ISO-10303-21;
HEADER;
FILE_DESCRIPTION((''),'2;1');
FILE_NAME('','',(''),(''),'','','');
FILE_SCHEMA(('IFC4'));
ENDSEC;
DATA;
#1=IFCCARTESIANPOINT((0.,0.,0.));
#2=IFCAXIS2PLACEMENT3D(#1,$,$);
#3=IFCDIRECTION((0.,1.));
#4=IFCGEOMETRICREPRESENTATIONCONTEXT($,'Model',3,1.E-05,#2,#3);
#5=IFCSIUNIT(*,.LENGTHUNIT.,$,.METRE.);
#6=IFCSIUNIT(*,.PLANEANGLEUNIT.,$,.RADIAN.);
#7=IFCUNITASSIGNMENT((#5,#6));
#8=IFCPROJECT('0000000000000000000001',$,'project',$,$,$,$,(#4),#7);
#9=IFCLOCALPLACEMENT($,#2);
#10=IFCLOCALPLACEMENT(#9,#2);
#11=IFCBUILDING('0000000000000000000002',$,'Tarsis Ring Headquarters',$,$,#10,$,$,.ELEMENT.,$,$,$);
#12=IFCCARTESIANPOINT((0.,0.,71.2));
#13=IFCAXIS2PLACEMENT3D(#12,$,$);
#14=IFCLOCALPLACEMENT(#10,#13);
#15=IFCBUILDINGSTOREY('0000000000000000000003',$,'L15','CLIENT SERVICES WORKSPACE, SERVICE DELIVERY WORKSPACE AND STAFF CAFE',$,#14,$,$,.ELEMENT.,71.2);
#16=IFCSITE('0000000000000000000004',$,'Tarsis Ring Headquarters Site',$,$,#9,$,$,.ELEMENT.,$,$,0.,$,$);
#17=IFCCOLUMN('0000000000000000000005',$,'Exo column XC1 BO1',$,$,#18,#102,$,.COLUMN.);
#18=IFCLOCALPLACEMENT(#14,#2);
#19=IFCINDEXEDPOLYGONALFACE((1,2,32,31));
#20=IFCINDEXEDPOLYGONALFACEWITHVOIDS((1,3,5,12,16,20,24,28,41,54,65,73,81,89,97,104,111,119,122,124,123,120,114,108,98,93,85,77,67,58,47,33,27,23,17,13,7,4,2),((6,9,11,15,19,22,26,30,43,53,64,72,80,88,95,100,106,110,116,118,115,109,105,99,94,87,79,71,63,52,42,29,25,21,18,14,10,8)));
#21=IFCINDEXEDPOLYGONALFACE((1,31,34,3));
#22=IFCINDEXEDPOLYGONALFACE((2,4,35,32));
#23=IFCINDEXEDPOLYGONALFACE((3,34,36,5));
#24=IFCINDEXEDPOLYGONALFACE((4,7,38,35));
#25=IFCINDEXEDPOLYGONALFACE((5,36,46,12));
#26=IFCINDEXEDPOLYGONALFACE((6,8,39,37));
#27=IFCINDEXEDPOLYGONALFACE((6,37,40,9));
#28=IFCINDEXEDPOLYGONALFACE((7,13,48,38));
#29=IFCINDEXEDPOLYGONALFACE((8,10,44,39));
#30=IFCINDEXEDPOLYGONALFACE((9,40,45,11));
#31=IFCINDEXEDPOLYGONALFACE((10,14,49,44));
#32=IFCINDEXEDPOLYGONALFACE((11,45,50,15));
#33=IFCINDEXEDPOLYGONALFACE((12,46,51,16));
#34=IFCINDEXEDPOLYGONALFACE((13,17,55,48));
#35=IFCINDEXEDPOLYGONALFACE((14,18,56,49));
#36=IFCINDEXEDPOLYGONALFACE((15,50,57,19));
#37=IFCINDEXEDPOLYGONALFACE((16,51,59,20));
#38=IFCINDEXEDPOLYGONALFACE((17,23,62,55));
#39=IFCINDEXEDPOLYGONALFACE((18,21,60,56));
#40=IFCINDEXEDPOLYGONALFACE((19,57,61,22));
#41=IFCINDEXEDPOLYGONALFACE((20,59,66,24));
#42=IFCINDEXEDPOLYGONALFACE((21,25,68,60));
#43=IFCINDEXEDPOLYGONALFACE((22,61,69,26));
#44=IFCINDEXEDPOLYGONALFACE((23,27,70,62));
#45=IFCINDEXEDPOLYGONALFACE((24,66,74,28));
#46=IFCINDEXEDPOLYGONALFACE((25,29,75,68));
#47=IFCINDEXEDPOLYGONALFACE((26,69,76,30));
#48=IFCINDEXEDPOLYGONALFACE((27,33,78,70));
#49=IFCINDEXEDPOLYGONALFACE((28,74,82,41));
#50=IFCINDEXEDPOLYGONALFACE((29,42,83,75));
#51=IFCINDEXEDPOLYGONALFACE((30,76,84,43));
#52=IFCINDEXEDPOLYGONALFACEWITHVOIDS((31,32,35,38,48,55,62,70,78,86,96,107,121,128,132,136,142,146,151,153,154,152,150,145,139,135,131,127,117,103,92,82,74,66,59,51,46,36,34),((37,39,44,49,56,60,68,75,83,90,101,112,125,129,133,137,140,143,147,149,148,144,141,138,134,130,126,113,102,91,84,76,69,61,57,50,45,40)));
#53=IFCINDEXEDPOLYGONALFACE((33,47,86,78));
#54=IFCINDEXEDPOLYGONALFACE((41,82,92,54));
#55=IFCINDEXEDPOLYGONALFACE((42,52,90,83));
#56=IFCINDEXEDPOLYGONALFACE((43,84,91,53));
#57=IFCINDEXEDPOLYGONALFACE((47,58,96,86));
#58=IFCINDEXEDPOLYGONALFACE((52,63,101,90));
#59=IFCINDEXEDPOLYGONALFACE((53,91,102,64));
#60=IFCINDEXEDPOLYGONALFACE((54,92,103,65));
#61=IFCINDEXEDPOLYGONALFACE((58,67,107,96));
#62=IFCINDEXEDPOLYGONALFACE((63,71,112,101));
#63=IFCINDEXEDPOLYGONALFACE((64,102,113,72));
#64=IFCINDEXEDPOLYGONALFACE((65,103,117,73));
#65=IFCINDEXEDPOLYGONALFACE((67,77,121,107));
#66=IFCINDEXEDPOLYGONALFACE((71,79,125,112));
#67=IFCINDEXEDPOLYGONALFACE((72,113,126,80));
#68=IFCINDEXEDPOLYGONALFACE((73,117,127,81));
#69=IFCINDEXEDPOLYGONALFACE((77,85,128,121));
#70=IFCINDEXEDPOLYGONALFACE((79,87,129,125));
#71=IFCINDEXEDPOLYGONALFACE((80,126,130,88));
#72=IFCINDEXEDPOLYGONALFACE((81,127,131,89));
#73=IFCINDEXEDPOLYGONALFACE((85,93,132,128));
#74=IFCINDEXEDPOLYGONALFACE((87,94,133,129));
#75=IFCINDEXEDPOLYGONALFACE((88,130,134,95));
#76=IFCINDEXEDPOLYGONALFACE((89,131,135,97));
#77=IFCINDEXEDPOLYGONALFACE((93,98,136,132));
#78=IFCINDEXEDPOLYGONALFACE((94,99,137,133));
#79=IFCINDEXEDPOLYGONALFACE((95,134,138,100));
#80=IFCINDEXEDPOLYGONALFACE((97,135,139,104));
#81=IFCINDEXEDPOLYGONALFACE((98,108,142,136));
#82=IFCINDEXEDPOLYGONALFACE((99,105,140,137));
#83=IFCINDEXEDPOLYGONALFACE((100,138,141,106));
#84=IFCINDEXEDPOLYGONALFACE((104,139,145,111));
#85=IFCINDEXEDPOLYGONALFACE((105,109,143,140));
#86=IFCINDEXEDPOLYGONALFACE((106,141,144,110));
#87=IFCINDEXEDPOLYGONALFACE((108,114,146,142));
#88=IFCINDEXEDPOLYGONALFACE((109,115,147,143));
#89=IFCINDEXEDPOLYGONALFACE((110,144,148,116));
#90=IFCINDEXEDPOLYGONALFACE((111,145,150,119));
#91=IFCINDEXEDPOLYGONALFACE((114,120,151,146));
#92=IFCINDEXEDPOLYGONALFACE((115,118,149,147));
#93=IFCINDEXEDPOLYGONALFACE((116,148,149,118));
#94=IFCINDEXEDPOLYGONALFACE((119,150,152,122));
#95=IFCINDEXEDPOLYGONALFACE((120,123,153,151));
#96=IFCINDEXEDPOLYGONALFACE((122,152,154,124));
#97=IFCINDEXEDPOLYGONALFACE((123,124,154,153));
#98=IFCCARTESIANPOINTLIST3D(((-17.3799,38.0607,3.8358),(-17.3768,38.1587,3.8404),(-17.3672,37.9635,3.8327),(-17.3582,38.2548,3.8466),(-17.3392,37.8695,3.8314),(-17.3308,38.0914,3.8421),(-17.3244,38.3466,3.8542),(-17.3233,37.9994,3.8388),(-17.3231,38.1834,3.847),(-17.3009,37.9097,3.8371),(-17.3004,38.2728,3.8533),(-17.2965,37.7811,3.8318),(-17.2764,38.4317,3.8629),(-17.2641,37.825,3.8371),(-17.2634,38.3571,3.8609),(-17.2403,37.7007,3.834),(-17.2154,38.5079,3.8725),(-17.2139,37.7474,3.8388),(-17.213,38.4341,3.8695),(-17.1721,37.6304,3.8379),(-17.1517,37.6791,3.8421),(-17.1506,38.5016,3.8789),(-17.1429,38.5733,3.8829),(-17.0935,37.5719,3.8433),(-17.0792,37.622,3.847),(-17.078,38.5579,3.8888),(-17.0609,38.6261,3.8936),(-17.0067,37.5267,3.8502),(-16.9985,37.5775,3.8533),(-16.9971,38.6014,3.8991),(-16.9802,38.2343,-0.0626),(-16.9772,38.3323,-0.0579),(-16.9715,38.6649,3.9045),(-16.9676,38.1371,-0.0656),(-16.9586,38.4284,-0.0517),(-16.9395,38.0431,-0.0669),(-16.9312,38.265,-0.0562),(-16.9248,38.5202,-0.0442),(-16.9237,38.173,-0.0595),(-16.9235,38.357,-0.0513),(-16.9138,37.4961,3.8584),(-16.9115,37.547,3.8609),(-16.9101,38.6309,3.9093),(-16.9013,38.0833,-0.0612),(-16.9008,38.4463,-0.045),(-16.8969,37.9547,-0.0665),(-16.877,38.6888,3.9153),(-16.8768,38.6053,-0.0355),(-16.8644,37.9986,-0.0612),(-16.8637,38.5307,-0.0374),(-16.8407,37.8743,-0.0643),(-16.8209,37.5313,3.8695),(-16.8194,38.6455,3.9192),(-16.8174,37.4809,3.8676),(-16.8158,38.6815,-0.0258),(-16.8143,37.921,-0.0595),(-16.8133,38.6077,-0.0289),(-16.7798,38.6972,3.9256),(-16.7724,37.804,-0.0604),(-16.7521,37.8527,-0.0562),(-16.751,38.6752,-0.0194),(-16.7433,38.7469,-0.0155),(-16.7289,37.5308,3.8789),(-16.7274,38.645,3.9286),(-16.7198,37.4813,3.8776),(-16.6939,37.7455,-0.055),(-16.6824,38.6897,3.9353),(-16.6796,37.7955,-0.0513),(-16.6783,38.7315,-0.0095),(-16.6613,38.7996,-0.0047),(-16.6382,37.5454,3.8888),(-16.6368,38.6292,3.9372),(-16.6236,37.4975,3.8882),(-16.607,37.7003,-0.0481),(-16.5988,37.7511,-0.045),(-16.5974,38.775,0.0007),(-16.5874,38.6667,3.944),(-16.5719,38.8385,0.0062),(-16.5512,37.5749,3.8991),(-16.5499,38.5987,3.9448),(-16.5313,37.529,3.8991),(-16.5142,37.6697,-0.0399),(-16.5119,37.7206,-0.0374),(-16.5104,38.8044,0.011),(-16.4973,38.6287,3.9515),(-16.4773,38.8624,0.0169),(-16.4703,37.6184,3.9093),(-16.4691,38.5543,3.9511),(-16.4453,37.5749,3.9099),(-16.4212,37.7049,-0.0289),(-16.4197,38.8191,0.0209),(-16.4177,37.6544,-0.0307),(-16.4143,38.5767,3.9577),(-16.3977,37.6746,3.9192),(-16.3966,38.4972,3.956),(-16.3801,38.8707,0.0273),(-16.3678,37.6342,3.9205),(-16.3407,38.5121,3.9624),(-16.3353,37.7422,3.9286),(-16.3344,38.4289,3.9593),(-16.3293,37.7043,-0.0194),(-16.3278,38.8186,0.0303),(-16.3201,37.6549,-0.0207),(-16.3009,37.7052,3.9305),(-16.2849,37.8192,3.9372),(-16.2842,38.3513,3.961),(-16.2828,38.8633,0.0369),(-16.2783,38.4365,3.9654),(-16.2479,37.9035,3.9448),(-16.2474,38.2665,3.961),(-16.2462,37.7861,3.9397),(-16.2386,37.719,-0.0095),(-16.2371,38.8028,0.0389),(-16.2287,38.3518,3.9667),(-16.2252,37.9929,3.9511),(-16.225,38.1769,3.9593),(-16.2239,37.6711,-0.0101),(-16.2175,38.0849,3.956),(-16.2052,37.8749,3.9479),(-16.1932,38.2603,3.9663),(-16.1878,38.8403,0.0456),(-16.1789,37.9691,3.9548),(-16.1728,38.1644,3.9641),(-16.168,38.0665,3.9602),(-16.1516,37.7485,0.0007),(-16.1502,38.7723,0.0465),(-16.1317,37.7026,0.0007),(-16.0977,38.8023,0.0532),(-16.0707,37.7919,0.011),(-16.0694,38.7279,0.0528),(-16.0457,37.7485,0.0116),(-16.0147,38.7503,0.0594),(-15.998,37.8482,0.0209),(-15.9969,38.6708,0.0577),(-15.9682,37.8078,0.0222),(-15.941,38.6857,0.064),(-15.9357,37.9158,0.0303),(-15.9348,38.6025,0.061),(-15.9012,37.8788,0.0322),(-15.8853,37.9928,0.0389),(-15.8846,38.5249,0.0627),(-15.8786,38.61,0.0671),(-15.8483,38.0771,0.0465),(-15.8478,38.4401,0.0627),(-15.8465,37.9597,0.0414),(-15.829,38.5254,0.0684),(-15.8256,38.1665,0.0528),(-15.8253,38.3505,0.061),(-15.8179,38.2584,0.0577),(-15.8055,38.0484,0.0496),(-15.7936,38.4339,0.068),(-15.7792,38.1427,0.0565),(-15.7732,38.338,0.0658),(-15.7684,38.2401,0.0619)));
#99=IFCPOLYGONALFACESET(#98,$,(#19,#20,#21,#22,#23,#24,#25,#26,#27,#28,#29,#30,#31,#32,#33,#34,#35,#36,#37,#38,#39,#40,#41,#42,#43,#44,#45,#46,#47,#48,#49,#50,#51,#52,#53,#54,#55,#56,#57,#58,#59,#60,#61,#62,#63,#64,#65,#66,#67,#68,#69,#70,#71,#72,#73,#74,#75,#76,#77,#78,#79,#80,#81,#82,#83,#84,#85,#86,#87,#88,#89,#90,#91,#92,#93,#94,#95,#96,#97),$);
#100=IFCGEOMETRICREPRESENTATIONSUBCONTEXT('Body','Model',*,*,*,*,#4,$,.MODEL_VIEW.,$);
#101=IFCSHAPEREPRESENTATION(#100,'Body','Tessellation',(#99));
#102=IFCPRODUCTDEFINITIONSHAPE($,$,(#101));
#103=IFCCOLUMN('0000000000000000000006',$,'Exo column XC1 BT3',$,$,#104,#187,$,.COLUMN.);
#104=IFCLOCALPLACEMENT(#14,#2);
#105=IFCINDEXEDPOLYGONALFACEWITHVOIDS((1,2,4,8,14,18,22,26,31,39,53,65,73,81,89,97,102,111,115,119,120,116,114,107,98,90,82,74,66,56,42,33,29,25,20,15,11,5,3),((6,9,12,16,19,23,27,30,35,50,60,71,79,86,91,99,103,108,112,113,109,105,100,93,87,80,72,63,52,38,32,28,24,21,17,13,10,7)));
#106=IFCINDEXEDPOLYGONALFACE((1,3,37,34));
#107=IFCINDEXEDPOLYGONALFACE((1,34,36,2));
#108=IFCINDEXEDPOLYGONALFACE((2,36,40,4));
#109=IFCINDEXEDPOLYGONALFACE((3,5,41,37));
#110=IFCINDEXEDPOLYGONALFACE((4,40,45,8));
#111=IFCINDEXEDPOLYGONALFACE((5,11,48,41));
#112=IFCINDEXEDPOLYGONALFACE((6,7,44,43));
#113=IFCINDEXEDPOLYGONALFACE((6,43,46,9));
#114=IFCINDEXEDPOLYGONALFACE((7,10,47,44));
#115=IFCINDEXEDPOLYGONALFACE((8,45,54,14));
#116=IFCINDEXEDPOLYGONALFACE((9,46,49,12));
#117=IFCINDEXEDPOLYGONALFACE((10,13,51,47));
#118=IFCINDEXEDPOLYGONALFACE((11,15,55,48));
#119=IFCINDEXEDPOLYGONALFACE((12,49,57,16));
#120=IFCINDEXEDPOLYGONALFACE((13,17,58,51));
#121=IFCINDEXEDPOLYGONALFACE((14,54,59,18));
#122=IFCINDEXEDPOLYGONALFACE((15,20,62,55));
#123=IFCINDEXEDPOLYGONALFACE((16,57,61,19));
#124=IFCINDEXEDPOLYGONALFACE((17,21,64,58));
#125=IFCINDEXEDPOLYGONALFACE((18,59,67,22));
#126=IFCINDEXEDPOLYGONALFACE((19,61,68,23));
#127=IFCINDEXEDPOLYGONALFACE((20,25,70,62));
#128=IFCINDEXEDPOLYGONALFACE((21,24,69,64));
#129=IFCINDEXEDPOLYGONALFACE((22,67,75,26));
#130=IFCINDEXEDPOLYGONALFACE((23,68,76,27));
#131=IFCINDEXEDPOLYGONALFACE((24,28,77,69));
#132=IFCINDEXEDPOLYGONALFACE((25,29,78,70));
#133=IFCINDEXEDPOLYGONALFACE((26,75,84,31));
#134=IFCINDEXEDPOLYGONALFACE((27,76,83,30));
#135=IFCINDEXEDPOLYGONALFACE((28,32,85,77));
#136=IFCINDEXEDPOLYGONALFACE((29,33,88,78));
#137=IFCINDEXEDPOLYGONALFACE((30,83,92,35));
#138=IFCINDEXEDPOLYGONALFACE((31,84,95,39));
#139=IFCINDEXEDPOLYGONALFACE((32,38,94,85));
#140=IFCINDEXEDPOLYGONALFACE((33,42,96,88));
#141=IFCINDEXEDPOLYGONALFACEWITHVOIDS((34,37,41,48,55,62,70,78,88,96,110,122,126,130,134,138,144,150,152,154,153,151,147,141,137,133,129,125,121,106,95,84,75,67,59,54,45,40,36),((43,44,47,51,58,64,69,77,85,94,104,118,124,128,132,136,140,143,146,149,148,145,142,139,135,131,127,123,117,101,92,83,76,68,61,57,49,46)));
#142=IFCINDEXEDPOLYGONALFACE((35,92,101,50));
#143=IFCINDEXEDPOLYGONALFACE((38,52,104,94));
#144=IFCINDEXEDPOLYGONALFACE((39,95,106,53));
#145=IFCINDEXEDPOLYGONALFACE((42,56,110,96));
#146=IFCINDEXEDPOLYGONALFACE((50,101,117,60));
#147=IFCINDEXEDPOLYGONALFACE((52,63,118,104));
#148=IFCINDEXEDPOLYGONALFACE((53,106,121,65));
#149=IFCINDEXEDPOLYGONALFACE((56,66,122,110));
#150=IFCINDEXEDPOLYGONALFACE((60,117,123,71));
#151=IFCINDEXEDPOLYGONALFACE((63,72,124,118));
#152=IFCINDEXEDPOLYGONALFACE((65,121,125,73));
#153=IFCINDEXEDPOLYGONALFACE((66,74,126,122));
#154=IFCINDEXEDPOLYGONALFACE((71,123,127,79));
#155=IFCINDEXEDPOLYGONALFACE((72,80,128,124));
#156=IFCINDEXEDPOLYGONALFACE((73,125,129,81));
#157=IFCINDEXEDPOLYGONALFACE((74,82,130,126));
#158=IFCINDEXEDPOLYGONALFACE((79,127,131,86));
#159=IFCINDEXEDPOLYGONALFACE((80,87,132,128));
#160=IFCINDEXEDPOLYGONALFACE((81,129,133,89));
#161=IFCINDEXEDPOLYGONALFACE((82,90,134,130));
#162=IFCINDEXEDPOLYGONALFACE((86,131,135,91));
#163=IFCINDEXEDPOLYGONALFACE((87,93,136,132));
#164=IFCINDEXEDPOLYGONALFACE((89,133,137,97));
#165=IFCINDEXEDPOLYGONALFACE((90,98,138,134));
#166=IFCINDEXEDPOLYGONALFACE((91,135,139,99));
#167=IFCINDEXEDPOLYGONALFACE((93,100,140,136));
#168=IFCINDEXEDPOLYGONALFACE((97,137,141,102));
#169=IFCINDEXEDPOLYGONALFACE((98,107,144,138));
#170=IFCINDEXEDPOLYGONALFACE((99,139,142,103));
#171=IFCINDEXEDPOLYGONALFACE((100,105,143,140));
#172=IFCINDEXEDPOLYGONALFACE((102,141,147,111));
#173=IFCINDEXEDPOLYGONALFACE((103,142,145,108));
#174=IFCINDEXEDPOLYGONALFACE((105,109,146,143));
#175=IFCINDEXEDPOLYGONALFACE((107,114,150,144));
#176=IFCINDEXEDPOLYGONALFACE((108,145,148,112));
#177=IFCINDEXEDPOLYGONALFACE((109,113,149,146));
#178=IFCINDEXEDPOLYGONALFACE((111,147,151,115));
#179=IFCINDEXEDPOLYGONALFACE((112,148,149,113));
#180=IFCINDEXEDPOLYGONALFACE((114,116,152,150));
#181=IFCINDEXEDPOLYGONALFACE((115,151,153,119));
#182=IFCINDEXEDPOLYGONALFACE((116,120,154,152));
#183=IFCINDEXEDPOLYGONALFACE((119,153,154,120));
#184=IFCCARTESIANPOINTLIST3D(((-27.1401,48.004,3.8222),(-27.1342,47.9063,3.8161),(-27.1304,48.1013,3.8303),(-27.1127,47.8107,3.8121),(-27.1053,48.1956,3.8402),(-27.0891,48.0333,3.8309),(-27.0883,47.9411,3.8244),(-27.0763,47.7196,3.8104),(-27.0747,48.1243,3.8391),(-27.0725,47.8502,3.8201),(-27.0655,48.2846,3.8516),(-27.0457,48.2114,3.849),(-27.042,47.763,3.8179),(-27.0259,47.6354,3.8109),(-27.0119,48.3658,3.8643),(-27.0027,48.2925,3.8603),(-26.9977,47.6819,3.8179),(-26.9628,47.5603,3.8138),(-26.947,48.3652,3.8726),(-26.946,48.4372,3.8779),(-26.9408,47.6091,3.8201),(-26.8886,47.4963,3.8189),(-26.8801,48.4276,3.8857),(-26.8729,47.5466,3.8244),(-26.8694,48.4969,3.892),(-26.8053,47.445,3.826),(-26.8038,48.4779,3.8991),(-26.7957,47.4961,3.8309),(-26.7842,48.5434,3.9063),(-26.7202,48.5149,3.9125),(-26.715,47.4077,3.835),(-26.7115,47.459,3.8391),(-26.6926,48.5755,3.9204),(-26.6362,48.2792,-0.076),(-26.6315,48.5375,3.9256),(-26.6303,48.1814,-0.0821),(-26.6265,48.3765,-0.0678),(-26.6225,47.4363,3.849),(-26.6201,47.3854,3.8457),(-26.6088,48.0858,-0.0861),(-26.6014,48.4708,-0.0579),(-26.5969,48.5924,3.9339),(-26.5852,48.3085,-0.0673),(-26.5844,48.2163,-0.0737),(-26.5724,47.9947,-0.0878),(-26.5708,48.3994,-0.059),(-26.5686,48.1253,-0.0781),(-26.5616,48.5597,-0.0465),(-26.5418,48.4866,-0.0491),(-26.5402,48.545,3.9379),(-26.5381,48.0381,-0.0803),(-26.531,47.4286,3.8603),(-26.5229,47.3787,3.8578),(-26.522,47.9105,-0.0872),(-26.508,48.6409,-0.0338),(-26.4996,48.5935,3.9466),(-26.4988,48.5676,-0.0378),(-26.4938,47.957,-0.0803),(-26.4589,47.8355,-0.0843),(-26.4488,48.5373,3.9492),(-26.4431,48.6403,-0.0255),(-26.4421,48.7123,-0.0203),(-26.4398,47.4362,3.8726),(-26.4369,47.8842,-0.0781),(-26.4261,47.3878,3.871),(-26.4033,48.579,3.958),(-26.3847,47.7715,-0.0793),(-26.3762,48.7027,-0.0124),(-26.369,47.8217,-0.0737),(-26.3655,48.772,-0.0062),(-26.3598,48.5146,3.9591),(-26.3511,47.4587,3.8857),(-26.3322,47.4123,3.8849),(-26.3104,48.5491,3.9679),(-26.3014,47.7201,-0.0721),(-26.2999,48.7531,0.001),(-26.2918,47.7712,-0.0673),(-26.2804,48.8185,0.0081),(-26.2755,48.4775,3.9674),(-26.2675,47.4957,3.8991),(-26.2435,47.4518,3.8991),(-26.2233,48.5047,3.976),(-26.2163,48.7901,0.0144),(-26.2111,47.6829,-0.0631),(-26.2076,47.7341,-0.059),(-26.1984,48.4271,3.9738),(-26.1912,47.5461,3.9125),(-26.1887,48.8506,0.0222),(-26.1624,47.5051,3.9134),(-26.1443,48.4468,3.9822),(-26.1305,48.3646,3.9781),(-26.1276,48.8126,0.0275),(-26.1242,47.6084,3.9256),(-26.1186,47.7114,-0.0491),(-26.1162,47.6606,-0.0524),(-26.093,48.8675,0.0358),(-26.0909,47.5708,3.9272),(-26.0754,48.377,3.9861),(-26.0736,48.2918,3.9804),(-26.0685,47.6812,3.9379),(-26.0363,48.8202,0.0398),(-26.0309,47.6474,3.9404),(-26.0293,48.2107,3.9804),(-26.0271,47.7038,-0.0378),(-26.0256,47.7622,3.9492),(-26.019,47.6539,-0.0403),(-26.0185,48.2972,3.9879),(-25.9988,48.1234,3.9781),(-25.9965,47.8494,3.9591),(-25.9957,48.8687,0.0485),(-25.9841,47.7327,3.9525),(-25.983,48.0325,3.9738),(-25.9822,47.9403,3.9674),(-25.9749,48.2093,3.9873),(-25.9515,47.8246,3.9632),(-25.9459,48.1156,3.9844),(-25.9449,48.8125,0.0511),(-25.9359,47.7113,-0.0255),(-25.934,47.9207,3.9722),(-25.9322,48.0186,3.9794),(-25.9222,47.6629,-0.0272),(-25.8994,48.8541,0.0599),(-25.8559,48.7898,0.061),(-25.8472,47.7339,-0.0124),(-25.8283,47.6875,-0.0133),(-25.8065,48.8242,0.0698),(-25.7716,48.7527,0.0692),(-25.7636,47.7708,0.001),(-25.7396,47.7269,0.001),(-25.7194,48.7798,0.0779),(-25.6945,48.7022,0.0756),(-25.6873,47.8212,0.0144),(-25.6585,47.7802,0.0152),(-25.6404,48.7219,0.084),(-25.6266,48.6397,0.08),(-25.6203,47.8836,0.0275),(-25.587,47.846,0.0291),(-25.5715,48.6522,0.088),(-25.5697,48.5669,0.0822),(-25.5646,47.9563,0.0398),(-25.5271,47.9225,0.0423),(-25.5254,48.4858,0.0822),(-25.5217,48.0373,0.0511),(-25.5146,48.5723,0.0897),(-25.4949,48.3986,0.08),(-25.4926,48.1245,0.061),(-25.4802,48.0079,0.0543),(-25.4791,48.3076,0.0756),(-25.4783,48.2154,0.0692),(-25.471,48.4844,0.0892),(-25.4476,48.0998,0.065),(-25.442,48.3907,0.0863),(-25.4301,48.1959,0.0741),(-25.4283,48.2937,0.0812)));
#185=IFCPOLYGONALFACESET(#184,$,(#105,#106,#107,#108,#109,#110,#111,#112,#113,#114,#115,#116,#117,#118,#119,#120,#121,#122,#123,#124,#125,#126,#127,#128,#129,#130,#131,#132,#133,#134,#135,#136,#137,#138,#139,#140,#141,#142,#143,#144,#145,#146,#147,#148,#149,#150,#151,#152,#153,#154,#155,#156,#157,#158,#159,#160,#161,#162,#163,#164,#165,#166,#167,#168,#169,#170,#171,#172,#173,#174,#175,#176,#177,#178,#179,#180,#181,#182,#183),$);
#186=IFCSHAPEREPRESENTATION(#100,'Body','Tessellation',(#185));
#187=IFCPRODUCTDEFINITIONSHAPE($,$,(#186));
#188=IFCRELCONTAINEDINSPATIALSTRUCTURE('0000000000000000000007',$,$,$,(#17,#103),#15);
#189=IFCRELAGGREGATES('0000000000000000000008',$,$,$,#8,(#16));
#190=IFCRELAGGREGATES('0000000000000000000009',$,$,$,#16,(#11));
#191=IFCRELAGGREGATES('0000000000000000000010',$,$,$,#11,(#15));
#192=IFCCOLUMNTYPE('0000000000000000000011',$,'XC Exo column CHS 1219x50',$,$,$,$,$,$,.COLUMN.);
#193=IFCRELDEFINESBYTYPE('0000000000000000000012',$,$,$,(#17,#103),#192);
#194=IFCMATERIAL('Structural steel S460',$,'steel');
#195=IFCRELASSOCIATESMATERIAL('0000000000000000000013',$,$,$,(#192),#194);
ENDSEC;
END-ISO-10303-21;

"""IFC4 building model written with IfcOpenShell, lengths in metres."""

from ifc_helpers import new_model, si_unit, direction, frame, origin, origin_2d, place, context, subcontext, project, spatial, hollow_circle, extrude, material, material_profile, profile_set, type_object, element, save


model = new_model("IFC4")

# Units and contexts
model_context = context("Model", 3, precision=1e-05, world=origin(), true_north=direction((0.0, 1.0)))
body_context = subcontext(model_context, "Body", "Model", "MODEL_VIEW")
ifc_project = project(units=[si_unit("LENGTHUNIT", "METRE"), si_unit("PLANEANGLEUNIT", "RADIAN")], contexts=[model_context])

# Site, building, storey
site_placement = place(None, origin())
site = spatial("IfcSite", under=ifc_project, at=site_placement, Name="Tarsis Ring Headquarters Site", CompositionType="ELEMENT", RefElevation=0.0)
building_placement = place(site_placement, origin())
building = spatial("IfcBuilding", under=site, at=building_placement, Name="Tarsis Ring Headquarters", CompositionType="ELEMENT")
storey_placement = place(building_placement, frame((0.0, 0.0, 71.2)))
storey = spatial("IfcBuildingStorey", under=building, at=storey_placement, Name="L15", Description="CLIENT SERVICES WORKSPACE, SERVICE DELIVERY WORKSPACE AND STAFF CAFE", CompositionType="ELEMENT", Elevation=71.2)

# Columns
ifc_material_1 = material(Name="Structural steel S460", Category="steel")
ifc_material_profile_1 = material_profile(ifc_material_1, hollow_circle(Radius=0.6096, WallThickness=0.05, at=origin_2d()), Name="CHS 1219x50")
ifc_profile_set_1 = profile_set([ifc_material_profile_1], Name="Structural steel S460")
column_type = type_object("IfcColumnType", Name="XC Exo column CHS 1219x50", PredefinedType="COLUMN", material=ifc_profile_set_1)
column_1_placement = place(storey_placement, frame((-16.3745, 38.2617, 0.0007), z_axis=(-0.101883, -0.044251, 0.993812), x_axis=(0.398378, -0.917221, 0.0)))
element("IfcColumn", 1, at=column_1_placement, inside=storey, type_object=column_type, Name="Exo column XC1 BO1", PredefinedType="COLUMN", context=body_context, shape_type="SweptSolid", body=[
    extrude(hollow_circle(Radius=0.6096, WallThickness=0.05, at=origin_2d()), origin(), (0.0, 0.0, 1.0), 3.9226),
])
column_2_placement = place(storey_placement, frame((-26.0317, 48.262, 0.001), z_axis=(-0.127887, -0.06983, 0.989327), x_axis=(0.479239, -0.877684, 0.0)))
element("IfcColumn", 2, at=column_2_placement, inside=storey, type_object=column_type, Name="Exo column XC1 BT3", PredefinedType="COLUMN", context=body_context, shape_type="SweptSolid", body=[
    extrude(hollow_circle(Radius=0.6096, WallThickness=0.05, at=origin_2d()), origin(), (0.0, 0.0, 1.0), 3.9402),
])

save(model, "model.ifc")
